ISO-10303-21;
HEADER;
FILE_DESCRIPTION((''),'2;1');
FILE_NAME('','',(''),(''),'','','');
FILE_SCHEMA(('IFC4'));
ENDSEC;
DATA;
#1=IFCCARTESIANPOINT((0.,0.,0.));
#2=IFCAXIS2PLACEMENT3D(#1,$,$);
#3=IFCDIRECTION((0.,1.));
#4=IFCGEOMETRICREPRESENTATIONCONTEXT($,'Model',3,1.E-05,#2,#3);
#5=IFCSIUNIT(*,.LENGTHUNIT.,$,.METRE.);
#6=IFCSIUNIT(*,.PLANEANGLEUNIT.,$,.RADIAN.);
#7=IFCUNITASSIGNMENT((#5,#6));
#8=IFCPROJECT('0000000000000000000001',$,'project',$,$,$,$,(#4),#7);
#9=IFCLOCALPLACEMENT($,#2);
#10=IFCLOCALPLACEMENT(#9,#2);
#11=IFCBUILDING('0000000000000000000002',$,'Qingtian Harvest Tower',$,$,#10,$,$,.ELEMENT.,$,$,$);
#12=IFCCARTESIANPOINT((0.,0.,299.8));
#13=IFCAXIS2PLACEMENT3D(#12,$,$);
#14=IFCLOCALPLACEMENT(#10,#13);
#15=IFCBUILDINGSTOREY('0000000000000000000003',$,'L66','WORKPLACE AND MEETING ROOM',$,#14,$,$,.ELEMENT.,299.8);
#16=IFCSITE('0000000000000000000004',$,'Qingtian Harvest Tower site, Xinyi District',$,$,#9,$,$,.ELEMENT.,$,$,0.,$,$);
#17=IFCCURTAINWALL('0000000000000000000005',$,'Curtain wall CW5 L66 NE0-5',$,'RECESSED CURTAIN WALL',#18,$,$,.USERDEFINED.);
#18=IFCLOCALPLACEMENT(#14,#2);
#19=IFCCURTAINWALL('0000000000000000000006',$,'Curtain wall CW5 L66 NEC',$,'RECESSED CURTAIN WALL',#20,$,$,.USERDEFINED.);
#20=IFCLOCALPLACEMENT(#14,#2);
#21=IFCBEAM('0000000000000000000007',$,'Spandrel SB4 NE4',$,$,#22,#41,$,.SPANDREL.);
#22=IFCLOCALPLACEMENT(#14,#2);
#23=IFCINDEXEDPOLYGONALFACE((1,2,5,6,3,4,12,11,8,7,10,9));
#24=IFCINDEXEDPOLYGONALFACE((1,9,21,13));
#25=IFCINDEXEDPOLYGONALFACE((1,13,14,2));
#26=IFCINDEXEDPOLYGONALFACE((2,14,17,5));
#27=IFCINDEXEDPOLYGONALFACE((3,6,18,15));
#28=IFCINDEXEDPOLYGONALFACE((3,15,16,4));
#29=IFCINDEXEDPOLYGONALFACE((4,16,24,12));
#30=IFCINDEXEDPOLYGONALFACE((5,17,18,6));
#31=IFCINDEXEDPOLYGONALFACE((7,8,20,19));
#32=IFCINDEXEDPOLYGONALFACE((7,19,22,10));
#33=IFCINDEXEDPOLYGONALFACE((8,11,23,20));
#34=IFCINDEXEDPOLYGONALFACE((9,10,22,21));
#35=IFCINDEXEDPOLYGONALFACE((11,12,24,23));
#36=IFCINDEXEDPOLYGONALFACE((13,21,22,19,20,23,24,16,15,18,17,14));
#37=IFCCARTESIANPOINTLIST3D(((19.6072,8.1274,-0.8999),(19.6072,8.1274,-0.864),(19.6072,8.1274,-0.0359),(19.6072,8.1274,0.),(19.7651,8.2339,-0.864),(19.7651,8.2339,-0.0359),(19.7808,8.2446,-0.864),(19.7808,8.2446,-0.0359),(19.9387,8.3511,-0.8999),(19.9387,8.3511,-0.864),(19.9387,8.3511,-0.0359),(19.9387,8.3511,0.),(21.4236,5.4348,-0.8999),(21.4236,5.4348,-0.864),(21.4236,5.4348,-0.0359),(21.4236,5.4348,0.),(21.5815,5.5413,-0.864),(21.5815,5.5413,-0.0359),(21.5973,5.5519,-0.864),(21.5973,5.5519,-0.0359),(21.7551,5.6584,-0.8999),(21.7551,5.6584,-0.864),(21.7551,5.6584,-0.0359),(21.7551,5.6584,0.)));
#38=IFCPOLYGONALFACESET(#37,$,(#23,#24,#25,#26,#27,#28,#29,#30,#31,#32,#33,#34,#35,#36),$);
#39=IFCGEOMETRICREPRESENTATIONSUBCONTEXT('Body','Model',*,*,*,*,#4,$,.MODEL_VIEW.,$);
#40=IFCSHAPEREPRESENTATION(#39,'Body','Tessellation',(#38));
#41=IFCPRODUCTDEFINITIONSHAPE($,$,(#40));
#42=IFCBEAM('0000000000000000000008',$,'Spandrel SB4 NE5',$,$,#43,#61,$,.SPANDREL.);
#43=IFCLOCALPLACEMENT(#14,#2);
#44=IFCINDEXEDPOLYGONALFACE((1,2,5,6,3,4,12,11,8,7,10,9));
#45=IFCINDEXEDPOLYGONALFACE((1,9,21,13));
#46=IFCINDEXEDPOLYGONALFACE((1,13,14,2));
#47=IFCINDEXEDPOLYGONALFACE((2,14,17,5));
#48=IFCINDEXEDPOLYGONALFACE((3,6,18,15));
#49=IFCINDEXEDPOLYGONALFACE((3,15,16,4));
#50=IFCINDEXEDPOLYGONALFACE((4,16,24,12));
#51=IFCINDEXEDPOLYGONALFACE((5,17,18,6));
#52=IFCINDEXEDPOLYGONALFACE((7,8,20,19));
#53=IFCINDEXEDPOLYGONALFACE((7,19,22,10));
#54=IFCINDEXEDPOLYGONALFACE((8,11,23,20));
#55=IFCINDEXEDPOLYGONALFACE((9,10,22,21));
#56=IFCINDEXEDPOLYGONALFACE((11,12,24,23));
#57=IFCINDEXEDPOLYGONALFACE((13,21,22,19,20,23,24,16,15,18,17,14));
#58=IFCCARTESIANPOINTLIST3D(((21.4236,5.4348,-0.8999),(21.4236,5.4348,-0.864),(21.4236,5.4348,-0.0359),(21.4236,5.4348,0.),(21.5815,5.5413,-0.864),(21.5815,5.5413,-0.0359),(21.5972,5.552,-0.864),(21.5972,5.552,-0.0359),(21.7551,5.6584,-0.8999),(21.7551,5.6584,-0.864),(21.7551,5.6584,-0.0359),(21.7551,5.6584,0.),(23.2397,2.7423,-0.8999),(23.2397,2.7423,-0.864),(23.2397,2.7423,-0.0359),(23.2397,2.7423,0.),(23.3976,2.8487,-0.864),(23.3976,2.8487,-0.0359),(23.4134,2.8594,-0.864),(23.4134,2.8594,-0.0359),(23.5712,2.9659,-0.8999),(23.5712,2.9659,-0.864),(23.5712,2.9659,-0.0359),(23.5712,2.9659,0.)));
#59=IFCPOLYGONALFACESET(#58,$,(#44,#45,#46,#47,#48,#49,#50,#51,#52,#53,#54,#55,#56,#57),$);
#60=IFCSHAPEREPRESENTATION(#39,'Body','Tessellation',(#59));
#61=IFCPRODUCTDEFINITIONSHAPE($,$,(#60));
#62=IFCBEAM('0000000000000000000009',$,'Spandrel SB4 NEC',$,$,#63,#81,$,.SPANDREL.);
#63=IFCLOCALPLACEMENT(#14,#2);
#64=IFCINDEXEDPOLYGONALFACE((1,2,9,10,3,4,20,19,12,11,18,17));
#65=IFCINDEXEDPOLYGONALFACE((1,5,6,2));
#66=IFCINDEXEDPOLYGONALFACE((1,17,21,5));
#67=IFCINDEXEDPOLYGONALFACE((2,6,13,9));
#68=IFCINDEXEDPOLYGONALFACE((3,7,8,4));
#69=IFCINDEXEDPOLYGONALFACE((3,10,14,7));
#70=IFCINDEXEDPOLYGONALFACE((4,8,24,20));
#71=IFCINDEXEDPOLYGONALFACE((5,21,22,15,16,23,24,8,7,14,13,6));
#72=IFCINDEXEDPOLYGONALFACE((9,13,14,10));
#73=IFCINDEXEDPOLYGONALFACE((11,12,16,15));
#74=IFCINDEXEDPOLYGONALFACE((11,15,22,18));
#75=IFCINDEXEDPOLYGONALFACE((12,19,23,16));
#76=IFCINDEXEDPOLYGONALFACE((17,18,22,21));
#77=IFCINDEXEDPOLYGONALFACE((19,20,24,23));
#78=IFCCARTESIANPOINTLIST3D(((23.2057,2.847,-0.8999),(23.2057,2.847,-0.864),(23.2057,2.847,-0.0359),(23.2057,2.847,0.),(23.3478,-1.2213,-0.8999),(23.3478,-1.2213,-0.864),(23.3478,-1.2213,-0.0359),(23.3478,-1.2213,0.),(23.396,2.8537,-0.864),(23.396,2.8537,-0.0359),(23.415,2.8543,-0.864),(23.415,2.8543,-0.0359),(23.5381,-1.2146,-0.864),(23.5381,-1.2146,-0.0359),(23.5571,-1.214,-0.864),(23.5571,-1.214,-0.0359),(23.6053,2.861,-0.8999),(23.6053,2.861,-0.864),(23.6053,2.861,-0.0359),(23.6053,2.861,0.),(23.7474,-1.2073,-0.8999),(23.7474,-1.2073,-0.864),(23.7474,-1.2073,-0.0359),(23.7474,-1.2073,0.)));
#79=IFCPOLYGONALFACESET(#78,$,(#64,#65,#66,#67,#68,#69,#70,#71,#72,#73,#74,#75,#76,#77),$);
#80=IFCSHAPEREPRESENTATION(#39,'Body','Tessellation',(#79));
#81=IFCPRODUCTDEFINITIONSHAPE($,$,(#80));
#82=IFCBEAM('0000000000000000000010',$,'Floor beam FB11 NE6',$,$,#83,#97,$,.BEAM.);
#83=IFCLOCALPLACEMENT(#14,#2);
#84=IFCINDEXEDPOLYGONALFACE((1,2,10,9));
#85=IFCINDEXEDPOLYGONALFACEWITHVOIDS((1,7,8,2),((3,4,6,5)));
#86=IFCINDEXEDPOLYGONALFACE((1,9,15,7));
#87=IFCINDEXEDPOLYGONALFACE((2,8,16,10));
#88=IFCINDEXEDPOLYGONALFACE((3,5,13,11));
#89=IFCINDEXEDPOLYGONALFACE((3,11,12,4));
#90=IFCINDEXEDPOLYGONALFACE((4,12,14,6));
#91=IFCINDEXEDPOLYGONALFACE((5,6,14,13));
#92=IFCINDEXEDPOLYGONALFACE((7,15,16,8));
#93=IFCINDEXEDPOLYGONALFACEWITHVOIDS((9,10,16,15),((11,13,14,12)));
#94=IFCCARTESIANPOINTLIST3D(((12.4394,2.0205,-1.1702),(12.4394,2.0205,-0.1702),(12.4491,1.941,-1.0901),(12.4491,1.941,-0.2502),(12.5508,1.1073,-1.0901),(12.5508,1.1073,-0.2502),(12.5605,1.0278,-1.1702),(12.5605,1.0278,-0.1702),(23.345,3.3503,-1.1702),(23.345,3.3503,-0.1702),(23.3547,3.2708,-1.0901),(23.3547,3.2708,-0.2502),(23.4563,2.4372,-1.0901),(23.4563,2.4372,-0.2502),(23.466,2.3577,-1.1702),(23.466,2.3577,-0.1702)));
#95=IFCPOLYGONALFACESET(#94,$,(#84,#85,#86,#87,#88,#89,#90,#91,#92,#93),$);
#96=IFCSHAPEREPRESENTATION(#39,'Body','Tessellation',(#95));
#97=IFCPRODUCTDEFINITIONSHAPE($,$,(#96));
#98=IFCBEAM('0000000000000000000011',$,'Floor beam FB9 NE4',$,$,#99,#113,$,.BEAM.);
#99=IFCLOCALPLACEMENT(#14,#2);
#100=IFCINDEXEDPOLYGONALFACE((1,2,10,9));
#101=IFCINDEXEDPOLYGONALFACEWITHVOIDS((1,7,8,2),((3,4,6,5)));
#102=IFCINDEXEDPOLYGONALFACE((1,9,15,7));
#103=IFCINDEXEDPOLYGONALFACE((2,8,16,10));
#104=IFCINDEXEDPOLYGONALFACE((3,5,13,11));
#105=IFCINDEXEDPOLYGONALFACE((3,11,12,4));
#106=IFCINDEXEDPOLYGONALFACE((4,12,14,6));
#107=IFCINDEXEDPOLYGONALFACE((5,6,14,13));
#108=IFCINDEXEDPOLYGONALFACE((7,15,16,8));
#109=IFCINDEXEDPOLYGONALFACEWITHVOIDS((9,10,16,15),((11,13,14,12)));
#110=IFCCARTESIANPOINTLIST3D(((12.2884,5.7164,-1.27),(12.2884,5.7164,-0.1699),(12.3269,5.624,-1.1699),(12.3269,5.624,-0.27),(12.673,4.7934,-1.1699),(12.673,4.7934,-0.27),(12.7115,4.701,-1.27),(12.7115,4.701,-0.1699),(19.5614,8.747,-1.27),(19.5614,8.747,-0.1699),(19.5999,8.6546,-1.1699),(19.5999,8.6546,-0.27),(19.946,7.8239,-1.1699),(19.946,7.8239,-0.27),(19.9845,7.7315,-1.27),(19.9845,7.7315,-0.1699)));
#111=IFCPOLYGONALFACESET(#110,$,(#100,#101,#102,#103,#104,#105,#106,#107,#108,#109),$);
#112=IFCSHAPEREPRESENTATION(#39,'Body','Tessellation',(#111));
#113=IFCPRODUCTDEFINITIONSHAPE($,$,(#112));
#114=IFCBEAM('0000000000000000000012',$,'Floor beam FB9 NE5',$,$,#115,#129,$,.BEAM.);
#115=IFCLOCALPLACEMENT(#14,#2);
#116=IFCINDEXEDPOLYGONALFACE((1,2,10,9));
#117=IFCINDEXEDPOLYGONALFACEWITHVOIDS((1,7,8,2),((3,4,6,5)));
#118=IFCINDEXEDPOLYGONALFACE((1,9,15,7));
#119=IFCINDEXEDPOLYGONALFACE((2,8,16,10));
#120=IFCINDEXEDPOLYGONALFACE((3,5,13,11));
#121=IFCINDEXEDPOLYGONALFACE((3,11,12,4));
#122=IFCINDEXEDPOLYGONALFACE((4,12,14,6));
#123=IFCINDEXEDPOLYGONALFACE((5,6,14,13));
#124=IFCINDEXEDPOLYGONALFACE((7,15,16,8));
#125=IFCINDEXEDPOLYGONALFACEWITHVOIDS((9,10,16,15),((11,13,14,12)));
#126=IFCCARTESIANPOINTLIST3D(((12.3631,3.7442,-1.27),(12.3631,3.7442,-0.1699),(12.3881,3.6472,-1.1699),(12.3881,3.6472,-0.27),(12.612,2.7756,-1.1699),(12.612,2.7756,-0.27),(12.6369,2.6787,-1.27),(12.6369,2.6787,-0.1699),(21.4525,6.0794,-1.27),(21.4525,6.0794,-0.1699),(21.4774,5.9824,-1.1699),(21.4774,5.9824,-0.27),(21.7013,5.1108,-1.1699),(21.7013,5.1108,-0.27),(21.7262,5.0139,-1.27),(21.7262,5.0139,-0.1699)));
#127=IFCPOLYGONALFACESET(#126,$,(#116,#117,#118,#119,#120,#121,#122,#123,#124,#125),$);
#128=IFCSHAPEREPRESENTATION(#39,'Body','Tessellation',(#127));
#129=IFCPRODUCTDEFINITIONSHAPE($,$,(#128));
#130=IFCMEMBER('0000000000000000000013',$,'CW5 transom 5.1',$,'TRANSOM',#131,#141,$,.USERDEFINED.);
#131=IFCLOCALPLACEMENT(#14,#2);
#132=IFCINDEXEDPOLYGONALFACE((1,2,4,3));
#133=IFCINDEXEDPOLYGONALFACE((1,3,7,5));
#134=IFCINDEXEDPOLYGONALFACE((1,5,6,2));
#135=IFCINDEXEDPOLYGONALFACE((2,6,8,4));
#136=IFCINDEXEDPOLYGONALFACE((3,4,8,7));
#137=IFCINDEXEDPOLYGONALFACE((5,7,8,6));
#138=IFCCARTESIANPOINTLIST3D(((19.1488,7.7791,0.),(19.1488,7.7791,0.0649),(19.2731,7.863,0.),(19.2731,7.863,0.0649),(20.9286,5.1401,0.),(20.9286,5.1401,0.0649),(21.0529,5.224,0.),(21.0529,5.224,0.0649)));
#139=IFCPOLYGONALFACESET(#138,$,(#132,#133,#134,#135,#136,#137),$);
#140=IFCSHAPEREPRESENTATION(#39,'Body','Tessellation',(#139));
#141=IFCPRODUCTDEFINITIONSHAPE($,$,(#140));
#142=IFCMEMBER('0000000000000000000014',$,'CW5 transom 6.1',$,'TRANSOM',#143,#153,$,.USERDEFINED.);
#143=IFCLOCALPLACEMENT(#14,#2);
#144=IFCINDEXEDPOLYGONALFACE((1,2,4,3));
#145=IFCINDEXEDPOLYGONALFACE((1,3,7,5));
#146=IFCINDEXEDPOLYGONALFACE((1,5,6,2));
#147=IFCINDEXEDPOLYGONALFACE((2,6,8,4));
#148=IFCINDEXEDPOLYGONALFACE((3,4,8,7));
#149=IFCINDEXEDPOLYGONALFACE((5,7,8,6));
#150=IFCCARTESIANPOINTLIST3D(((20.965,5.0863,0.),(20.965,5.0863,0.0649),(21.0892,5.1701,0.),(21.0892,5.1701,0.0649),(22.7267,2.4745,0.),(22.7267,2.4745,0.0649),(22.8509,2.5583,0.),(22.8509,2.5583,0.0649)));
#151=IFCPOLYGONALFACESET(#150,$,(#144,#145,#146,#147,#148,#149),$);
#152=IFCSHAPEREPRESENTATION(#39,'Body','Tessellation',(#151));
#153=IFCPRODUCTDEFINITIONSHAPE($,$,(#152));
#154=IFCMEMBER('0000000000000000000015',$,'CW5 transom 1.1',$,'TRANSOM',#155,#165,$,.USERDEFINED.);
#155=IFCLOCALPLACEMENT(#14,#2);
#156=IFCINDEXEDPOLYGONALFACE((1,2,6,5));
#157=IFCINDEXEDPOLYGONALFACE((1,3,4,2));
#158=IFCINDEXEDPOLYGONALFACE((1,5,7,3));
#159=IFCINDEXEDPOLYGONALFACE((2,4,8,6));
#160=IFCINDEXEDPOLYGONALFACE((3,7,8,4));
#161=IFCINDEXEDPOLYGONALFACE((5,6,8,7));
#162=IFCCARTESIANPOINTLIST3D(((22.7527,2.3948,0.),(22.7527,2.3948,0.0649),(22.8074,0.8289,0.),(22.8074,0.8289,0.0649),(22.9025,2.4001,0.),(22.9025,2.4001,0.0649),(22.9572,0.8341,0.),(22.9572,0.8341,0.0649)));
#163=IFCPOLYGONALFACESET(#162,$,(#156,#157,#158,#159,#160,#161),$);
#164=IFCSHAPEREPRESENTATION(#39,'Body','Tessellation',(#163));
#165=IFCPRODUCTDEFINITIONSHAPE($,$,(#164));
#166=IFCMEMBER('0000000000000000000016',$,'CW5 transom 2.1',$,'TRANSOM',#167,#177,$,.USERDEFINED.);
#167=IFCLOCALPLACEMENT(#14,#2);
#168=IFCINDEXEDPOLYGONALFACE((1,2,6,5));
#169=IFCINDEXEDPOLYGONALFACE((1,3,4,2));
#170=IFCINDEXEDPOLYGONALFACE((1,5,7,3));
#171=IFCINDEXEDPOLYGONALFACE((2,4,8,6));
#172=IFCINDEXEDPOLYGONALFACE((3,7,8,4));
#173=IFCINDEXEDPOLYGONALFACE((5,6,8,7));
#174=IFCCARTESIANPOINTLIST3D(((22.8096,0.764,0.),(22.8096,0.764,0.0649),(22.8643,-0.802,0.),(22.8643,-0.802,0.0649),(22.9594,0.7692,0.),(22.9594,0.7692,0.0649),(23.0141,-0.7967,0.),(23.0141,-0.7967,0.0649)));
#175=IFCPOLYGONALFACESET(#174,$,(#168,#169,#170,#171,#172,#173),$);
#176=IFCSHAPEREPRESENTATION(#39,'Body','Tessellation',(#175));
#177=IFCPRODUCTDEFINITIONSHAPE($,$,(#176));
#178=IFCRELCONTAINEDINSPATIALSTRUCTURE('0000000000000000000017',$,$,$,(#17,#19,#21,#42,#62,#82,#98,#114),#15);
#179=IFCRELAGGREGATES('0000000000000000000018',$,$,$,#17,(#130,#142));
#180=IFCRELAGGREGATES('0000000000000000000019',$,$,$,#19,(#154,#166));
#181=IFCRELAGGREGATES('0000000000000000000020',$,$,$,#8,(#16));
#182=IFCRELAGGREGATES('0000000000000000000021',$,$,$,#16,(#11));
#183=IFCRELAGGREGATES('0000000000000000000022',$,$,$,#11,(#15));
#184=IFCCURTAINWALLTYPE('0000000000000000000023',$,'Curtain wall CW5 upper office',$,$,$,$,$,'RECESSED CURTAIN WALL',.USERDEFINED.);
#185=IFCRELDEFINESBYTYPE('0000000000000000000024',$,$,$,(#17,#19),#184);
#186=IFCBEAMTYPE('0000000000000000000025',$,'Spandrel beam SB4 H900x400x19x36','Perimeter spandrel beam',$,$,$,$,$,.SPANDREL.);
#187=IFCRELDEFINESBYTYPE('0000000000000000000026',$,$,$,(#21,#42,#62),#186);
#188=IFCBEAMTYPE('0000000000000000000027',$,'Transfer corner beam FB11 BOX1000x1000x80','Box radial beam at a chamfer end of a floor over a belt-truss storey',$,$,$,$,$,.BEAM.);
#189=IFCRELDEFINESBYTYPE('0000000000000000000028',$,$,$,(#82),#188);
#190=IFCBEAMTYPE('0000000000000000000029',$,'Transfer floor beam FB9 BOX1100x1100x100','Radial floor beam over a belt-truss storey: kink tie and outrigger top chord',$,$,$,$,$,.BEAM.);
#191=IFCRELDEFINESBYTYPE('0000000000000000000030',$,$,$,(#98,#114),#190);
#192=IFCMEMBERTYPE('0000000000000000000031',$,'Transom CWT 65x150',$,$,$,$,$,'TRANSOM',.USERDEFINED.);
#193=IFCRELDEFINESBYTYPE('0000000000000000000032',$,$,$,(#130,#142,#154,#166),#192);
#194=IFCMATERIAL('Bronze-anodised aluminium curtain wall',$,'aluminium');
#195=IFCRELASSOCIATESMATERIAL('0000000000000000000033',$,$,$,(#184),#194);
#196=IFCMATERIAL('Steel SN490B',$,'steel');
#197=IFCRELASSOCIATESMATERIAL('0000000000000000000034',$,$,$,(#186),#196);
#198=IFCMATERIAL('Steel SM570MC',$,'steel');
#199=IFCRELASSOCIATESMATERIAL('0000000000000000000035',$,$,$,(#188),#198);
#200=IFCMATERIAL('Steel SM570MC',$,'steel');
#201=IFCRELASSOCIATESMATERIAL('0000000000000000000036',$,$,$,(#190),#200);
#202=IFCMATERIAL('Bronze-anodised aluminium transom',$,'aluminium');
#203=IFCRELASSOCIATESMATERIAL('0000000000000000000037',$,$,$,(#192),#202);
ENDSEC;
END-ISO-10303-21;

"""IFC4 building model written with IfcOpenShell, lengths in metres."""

from ifc_helpers import new_model, si_unit, direction, frame, origin, origin_2d, place, context, subcontext, project, spatial, rectangle, hollow_rectangle, i_section, extrude, material, material_profile, profile_set, type_object, element, aggregate, save


model = new_model("IFC4")

# Units and contexts
model_context = context("Model", 3, precision=1e-05, world=origin(), true_north=direction((0.0, 1.0)))
body_context = subcontext(model_context, "Body", "Model", "MODEL_VIEW")
ifc_project = project(units=[si_unit("LENGTHUNIT", "METRE"), si_unit("PLANEANGLEUNIT", "RADIAN")], contexts=[model_context])

# Site, building, storey
site_placement = place(None, origin())
site = spatial("IfcSite", under=ifc_project, at=site_placement, Name="Qingtian Harvest Tower site, Xinyi District", CompositionType="ELEMENT", RefElevation=0.0)
building_placement = place(site_placement, origin())
building = spatial("IfcBuilding", under=site, at=building_placement, Name="Qingtian Harvest Tower", CompositionType="ELEMENT")
storey_placement = place(building_placement, frame((0.0, 0.0, 299.8)))
storey = spatial("IfcBuildingStorey", under=building, at=storey_placement, Name="L66", Description="WORKPLACE AND MEETING ROOM", CompositionType="ELEMENT", Elevation=299.8)

# Curtain walls
ifc_material_1 = material(Name="Bronze-anodised aluminium curtain wall", Category="aluminium")
curtain_wall_type = type_object("IfcCurtainWallType", Name="Curtain wall CW5 upper office", ElementType="RECESSED CURTAIN WALL", PredefinedType="USERDEFINED", material=ifc_material_1)
curtain_wall_1_placement = place(storey_placement, origin())
curtain_wall_1 = element("IfcCurtainWall", 1, at=curtain_wall_1_placement, inside=storey, type_object=curtain_wall_type, Name="Curtain wall CW5 L66 NE0-5", ObjectType="RECESSED CURTAIN WALL", PredefinedType="USERDEFINED")
curtain_wall_2_placement = place(storey_placement, origin())
curtain_wall_2 = element("IfcCurtainWall", 2, at=curtain_wall_2_placement, inside=storey, type_object=curtain_wall_type, Name="Curtain wall CW5 L66 NEC", ObjectType="RECESSED CURTAIN WALL", PredefinedType="USERDEFINED")

# Beams
ifc_material_2 = material(Name="Steel SN490B", Category="steel")
ifc_material_profile_1 = material_profile(ifc_material_2, i_section(OverallWidth=0.3999, OverallDepth=0.8999, WebThickness=0.019, FlangeThickness=0.0359, at=origin_2d()), Name="H900x400x19x36")
ifc_profile_set_1 = profile_set([ifc_material_profile_1], Name="Steel SN490B")
beam_type_1 = type_object("IfcBeamType", Name="Spandrel beam SB4 H900x400x19x36", Description="Perimeter spandrel beam", PredefinedType="SPANDREL", material=ifc_profile_set_1)
beam_1_placement = place(storey_placement, frame((19.7729, 8.2393, -0.45), z_axis=(0.559237, -0.829008, 0.0), x_axis=(0.829008, 0.559237, 0.0)))
element("IfcBeam", 3, at=beam_1_placement, inside=storey, type_object=beam_type_1, Name="Spandrel SB4 NE4", PredefinedType="SPANDREL", context=body_context, shape_type="SweptSolid", body=[
    extrude(i_section(OverallWidth=0.3999, OverallDepth=0.8999, WebThickness=0.019, FlangeThickness=0.0359, at=origin_2d()), origin(), (0.0, 0.0, 1.0), 3.248),
])
beam_2_placement = place(storey_placement, frame((21.5894, 5.5466, -0.45), z_axis=(0.559185, -0.829043, 0.0), x_axis=(0.829043, 0.559185, 0.0)))
element("IfcBeam", 4, at=beam_2_placement, inside=storey, type_object=beam_type_1, Name="Spandrel SB4 NE5", PredefinedType="SPANDREL", context=body_context, shape_type="SweptSolid", body=[
    extrude(i_section(OverallWidth=0.3999, OverallDepth=0.8999, WebThickness=0.019, FlangeThickness=0.0359, at=origin_2d()), origin(), (0.0, 0.0, 1.0), 3.2478),
])
beam_3_placement = place(storey_placement, frame((23.4055, 2.854, -0.45), z_axis=(0.034904, -0.999391, 0.0), x_axis=(0.999391, 0.034904, 0.0)))
element("IfcBeam", 5, at=beam_3_placement, inside=storey, type_object=beam_type_1, Name="Spandrel SB4 NEC", PredefinedType="SPANDREL", context=body_context, shape_type="SweptSolid", body=[
    extrude(i_section(OverallWidth=0.3999, OverallDepth=0.8999, WebThickness=0.019, FlangeThickness=0.0359, at=origin_2d()), origin(), (0.0, 0.0, 1.0), 4.0708),
])
ifc_material_3 = material(Name="Steel SM570MC", Category="steel")
ifc_material_profile_2 = material_profile(ifc_material_3, hollow_rectangle(XDim=1.0, YDim=1.0, WallThickness=0.0801, at=origin_2d()), Name="BOX1000x1000x80")
ifc_profile_set_2 = profile_set([ifc_material_profile_2], Name="Steel SM570MC")
beam_type_2 = type_object("IfcBeamType", Name="Transfer corner beam FB11 BOX1000x1000x80", Description="Box radial beam at a chamfer end of a floor over a belt-truss storey", PredefinedType="BEAM", material=ifc_profile_set_2)
beam_4_placement = place(storey_placement, frame((23.4055, 2.854, -0.6702), z_axis=(-0.992647, -0.121045, 0.0), x_axis=(0.121045, -0.992647, 0.0)))
element("IfcBeam", 6, at=beam_4_placement, inside=storey, type_object=beam_type_2, Name="Floor beam FB11 NE6", PredefinedType="BEAM", context=body_context, shape_type="SweptSolid", body=[
    extrude(hollow_rectangle(XDim=1.0, YDim=1.0, WallThickness=0.0801, at=origin_2d()), origin(), (0.0, 0.0, 1.0), 10.9863),
])
ifc_material_4 = material(Name="Steel SM570MC", Category="steel")
ifc_material_profile_3 = material_profile(ifc_material_4, hollow_rectangle(XDim=1.1001, YDim=1.1001, WallThickness=0.1001, at=origin_2d()), Name="BOX1100x1100x100")
ifc_profile_set_3 = profile_set([ifc_material_profile_3], Name="Steel SM570MC")
beam_type_3 = type_object("IfcBeamType", Name="Transfer floor beam FB9 BOX1100x1100x100", Description="Radial floor beam over a belt-truss storey: kink tie and outrigger top chord", PredefinedType="BEAM", material=ifc_profile_set_3)
beam_5_placement = place(storey_placement, frame((19.7729, 8.2393, -0.72), z_axis=(-0.923071, -0.384629, 0.0), x_axis=(0.384629, -0.923071, 0.0)))
element("IfcBeam", 7, at=beam_5_placement, inside=storey, type_object=beam_type_3, Name="Floor beam FB9 NE4", PredefinedType="BEAM", context=body_context, shape_type="SweptSolid", body=[
    extrude(hollow_rectangle(XDim=1.1001, YDim=1.1001, WallThickness=0.1001, at=origin_2d()), origin(), (0.0, 0.0, 1.0), 7.8792),
])
beam_6_placement = place(storey_placement, frame((21.5894, 5.5466, -0.72), z_axis=(-0.968546, -0.248835, 0.0), x_axis=(0.248835, -0.968546, 0.0)))
element("IfcBeam", 8, at=beam_6_placement, inside=storey, type_object=beam_type_3, Name="Floor beam FB9 NE5", PredefinedType="BEAM", context=body_context, shape_type="SweptSolid", body=[
    extrude(hollow_rectangle(XDim=1.1001, YDim=1.1001, WallThickness=0.1001, at=origin_2d()), origin(), (0.0, 0.0, 1.0), 9.3845),
])

# Members
ifc_material_5 = material(Name="Bronze-anodised aluminium transom", Category="aluminium")
ifc_material_profile_4 = material_profile(ifc_material_5, rectangle(XDim=0.1499, YDim=0.0649, at=origin_2d()), Name="AL 65x150")
ifc_profile_set_4 = profile_set([ifc_material_profile_4], Name="Bronze-anodised aluminium transom")
member_type_1 = type_object("IfcMemberType", Name="Transom CWT 65x150", ElementType="TRANSOM", PredefinedType="USERDEFINED", material=ifc_profile_set_4)
member_1_placement = place(storey_placement, frame((19.2109, 7.821, 0.0325), z_axis=(0.559153, -0.829065, 0.0), x_axis=(0.829065, 0.559153, 0.0)))
member_1 = element("IfcMember", 9, at=member_1_placement, type_object=member_type_1, Name="CW5 transom 5.1", ObjectType="TRANSOM", PredefinedType="USERDEFINED", context=body_context, shape_type="SweptSolid", body=[
    extrude(rectangle(XDim=0.1499, YDim=0.0649, at=origin_2d()), origin(), (0.0, 0.0, 1.0), 3.1831),
])
member_2_placement = place(storey_placement, frame((21.0271, 5.1282, 0.0325), z_axis=(0.559199, -0.829034, 0.0), x_axis=(0.829034, 0.559199, 0.0)))
member_2 = element("IfcMember", 10, at=member_2_placement, type_object=member_type_1, Name="CW5 transom 6.1", ObjectType="TRANSOM", PredefinedType="USERDEFINED", context=body_context, shape_type="SweptSolid", body=[
    extrude(rectangle(XDim=0.1499, YDim=0.0649, at=origin_2d()), origin(), (0.0, 0.0, 1.0), 3.1504),
])
member_3_placement = place(storey_placement, frame((22.8276, 2.3975, 0.0325), z_axis=(0.034902, -0.999391, 0.0), x_axis=(0.999391, 0.034902, 0.0)))
member_3 = element("IfcMember", 11, at=member_3_placement, type_object=member_type_1, Name="CW5 transom 1.1", ObjectType="TRANSOM", PredefinedType="USERDEFINED", context=body_context, shape_type="SweptSolid", body=[
    extrude(rectangle(XDim=0.1499, YDim=0.0649, at=origin_2d()), origin(), (0.0, 0.0, 1.0), 1.5669),
])
member_4_placement = place(storey_placement, frame((22.8845, 0.7666, 0.0325), z_axis=(0.034902, -0.999391, 0.0), x_axis=(0.999391, 0.034902, 0.0)))
member_4 = element("IfcMember", 12, at=member_4_placement, type_object=member_type_1, Name="CW5 transom 2.1", ObjectType="TRANSOM", PredefinedType="USERDEFINED", context=body_context, shape_type="SweptSolid", body=[
    extrude(rectangle(XDim=0.1499, YDim=0.0649, at=origin_2d()), origin(), (0.0, 0.0, 1.0), 1.5669),
])

aggregate(curtain_wall_1, [member_1, member_2])
aggregate(curtain_wall_2, [member_3, member_4])

save(model, "model.ifc")
